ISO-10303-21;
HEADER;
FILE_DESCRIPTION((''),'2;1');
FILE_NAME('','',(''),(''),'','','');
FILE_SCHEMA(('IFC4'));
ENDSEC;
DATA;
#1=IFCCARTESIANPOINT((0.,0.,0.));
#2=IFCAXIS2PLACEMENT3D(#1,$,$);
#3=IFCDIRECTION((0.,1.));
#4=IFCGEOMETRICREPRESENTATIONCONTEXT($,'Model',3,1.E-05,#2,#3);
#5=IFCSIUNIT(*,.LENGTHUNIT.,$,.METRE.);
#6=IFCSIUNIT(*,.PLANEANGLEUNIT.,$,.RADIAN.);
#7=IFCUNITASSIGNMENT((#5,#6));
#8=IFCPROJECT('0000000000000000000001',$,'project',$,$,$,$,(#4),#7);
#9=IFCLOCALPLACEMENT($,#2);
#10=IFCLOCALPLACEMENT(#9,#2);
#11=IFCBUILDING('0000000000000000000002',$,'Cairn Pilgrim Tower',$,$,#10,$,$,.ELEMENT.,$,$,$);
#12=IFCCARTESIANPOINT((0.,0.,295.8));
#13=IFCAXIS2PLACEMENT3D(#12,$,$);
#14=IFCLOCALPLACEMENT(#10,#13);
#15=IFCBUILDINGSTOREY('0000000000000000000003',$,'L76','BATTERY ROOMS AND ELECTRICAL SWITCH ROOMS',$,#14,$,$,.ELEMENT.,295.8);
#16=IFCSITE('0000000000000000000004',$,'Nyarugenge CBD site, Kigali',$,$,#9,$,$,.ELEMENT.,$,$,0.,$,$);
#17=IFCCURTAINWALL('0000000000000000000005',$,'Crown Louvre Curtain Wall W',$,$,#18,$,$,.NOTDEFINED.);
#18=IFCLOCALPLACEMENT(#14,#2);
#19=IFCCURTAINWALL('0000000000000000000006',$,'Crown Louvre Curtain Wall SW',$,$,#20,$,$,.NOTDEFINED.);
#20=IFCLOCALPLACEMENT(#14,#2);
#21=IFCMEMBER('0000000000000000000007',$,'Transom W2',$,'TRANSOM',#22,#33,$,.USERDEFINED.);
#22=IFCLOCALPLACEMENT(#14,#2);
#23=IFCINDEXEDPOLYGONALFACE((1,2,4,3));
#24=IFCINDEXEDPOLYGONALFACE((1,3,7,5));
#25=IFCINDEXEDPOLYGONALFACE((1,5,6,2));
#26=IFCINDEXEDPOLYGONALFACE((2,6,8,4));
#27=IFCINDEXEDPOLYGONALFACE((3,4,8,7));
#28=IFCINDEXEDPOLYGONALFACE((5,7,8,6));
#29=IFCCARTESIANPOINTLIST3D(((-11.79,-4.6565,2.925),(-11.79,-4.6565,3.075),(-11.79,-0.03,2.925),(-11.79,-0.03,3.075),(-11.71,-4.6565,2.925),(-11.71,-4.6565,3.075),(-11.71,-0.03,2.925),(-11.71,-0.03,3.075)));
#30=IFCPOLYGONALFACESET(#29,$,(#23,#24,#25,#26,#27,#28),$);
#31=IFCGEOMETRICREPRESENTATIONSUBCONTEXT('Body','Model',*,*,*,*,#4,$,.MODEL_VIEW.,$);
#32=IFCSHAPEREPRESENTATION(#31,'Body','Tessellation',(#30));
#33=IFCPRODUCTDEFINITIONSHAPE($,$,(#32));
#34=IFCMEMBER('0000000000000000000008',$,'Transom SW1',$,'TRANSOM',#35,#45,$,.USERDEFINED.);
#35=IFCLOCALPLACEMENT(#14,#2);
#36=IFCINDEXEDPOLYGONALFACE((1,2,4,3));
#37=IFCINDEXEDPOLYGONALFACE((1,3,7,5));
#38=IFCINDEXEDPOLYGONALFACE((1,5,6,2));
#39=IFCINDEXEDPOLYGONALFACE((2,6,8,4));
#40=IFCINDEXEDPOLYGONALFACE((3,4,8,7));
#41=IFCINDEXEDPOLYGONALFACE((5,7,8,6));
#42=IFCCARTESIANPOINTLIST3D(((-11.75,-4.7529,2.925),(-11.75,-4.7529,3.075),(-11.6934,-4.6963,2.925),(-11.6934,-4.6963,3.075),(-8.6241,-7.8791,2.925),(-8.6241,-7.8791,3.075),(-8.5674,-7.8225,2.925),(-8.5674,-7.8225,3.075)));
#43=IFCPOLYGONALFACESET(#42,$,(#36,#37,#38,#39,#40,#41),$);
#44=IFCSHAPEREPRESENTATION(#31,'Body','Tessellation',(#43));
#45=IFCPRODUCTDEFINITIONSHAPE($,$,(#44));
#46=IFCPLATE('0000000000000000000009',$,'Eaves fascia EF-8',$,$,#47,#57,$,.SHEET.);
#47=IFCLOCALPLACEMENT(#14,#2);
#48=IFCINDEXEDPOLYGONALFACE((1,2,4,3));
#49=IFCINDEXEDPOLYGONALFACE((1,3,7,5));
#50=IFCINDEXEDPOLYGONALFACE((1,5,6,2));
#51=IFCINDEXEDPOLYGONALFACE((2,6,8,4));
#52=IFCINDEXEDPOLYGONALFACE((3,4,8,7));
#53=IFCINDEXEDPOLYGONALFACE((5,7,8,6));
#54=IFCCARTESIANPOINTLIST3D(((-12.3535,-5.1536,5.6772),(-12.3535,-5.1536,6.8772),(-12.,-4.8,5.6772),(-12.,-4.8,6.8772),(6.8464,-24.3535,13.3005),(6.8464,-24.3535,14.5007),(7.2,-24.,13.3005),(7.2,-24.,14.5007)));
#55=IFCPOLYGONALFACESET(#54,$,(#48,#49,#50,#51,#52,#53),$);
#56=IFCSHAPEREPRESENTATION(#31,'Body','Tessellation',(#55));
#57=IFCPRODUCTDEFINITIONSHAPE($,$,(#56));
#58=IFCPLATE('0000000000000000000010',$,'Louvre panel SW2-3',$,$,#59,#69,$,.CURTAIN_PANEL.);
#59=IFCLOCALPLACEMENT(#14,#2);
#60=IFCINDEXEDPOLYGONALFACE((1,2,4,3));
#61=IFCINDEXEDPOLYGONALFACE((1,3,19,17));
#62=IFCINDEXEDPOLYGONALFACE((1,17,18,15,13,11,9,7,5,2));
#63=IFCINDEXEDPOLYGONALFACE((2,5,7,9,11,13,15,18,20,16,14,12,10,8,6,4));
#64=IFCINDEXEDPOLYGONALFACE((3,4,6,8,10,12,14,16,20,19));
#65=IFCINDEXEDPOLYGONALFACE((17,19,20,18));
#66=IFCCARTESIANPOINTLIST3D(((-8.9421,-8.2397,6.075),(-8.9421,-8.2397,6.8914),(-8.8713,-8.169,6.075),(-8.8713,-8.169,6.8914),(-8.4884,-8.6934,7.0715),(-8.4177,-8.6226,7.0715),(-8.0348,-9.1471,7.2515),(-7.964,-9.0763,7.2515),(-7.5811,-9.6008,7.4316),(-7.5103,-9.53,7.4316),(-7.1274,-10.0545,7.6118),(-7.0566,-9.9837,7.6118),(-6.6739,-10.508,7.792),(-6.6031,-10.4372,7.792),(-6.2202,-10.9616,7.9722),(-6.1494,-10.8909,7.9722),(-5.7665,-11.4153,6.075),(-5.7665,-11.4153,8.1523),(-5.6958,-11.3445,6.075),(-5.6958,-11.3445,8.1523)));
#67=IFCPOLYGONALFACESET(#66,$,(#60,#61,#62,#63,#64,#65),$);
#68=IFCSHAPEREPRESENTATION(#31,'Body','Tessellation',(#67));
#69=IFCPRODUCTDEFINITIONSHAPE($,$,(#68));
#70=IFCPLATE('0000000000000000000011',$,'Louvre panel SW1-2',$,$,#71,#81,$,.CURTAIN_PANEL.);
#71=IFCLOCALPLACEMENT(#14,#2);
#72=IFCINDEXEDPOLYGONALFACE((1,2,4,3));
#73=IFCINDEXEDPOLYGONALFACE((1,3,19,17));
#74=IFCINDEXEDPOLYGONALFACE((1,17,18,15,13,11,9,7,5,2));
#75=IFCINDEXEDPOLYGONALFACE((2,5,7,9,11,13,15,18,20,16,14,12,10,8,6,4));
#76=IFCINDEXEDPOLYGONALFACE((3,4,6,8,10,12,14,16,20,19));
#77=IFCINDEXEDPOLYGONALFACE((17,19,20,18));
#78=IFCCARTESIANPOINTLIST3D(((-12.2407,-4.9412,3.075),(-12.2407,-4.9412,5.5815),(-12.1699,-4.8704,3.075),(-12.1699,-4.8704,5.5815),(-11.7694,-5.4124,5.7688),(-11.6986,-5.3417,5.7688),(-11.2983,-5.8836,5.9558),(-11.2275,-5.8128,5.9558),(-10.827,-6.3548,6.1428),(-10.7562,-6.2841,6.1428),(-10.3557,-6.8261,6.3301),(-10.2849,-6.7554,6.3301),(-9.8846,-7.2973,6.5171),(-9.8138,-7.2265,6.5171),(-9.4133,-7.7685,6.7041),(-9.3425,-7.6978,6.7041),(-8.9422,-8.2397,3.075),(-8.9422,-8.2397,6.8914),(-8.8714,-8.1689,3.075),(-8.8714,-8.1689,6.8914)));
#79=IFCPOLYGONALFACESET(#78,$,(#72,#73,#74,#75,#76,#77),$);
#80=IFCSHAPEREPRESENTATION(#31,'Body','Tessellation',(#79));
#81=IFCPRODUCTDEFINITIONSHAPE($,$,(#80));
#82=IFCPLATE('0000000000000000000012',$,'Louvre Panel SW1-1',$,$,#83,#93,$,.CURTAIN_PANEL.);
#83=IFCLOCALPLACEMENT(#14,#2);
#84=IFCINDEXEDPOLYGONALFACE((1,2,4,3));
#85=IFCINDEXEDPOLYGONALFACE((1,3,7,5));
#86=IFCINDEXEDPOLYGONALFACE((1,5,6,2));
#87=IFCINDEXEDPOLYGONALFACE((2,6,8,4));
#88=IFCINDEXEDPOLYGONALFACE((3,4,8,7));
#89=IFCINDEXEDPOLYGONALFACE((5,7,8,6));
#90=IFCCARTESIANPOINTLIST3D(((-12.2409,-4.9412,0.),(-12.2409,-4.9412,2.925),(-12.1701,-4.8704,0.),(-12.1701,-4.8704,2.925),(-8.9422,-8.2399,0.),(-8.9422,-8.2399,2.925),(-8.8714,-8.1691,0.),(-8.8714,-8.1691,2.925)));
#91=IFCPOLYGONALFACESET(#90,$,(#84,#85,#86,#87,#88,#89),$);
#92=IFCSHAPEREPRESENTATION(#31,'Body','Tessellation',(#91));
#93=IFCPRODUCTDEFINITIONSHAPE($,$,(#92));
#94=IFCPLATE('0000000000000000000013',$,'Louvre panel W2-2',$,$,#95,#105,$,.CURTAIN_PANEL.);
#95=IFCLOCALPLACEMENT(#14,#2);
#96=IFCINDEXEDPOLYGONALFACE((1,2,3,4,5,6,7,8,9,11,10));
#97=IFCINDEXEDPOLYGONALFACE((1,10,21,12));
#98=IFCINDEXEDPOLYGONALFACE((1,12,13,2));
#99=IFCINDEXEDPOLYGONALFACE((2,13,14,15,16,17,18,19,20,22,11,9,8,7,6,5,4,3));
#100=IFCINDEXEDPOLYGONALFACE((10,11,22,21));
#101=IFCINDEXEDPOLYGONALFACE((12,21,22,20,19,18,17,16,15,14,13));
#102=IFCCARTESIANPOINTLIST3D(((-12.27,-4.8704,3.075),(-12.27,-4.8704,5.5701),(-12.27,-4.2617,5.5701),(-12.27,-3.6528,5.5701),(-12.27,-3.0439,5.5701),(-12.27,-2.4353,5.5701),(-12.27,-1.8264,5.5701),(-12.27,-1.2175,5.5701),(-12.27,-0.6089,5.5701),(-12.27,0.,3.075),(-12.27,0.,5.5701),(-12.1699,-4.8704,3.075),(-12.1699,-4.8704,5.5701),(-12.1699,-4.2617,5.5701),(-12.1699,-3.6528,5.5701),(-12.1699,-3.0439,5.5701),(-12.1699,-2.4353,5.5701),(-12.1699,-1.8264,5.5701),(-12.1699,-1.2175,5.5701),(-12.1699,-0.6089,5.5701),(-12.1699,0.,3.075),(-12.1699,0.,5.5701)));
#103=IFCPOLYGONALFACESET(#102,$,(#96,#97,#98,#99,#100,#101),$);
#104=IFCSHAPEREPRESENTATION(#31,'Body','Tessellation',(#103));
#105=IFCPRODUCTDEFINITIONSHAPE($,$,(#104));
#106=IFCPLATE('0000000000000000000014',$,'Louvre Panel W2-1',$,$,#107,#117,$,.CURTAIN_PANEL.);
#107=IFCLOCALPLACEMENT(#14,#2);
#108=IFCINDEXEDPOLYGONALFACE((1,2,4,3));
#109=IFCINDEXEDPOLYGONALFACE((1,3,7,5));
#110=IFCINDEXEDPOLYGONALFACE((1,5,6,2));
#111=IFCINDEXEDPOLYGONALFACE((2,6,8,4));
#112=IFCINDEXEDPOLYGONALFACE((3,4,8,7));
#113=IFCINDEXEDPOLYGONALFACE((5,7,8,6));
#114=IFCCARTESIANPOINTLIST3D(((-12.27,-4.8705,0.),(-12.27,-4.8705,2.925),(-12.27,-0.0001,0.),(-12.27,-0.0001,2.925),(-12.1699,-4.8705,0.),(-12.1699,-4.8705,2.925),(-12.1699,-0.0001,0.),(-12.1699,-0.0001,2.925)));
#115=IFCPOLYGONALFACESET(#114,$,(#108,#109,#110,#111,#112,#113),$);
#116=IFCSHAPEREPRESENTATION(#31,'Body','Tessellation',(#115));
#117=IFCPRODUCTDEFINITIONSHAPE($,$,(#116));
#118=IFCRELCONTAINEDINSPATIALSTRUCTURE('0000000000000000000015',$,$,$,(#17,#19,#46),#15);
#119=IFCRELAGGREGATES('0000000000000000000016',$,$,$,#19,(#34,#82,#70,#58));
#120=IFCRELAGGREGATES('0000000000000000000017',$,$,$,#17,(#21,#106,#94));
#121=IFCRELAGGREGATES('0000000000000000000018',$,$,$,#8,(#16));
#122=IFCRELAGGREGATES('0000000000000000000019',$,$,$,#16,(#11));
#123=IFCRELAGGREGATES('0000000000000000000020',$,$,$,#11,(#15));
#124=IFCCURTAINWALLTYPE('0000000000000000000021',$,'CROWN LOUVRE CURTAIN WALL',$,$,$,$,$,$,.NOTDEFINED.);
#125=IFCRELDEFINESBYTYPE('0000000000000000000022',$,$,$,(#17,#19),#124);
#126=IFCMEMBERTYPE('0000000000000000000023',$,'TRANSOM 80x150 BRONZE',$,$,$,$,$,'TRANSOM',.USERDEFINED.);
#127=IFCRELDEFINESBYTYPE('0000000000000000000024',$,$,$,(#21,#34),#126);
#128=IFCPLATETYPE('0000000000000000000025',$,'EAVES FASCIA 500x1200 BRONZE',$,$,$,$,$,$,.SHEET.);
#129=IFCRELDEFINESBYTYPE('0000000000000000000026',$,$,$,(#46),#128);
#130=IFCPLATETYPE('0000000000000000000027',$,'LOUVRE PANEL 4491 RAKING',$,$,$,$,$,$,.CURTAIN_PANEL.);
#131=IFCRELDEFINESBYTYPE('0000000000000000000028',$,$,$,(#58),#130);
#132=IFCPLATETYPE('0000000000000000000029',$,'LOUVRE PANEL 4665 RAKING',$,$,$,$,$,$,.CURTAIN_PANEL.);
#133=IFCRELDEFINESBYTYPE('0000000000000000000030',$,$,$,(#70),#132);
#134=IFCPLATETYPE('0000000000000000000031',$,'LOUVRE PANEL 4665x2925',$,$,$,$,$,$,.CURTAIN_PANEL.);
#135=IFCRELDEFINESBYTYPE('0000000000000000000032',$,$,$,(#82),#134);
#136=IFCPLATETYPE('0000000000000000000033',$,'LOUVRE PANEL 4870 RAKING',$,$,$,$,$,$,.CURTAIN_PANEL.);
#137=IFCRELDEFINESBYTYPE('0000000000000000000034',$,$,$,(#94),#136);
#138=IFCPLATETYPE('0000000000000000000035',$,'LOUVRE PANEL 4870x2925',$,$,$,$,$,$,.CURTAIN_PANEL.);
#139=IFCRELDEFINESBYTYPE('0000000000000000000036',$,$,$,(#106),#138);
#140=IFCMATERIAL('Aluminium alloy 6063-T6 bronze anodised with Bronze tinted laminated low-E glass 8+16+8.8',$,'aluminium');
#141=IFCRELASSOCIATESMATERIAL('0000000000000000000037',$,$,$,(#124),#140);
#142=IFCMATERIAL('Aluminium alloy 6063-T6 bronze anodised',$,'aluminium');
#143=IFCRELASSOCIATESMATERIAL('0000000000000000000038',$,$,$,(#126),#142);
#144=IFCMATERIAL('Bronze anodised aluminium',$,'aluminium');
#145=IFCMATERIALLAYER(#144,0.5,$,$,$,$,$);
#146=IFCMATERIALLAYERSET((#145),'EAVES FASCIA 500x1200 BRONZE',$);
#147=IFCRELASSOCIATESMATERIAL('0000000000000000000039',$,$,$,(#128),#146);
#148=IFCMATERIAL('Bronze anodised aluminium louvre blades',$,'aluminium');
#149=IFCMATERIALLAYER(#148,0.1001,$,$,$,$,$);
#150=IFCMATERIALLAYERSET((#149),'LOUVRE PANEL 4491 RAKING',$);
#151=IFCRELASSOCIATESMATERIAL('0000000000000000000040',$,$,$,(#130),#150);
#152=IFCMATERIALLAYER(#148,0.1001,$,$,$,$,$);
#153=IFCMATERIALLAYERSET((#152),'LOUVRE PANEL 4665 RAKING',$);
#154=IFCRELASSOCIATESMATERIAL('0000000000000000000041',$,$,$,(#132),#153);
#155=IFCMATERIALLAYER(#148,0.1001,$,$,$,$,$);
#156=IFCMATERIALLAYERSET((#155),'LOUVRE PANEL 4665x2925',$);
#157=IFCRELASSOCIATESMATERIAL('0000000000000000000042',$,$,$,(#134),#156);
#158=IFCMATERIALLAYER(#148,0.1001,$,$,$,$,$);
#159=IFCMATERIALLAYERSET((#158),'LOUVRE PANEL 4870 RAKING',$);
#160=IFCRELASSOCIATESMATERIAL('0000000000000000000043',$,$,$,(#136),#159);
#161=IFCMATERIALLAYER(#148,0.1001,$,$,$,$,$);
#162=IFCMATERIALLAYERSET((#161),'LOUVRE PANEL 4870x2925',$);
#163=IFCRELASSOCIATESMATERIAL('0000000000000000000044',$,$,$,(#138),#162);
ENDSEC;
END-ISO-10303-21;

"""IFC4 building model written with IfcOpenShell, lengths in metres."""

from ifc_helpers import new_model, si_unit, direction, frame, origin, origin_2d, place, context, subcontext, project, spatial, polyline, rectangle, outline, extrude, material, layer, layer_set, material_profile, profile_set, type_object, element, aggregate, save


model = new_model("IFC4")

# Units and contexts
model_context = context("Model", 3, precision=1e-05, world=origin(), true_north=direction((0.0, 1.0)))
body_context = subcontext(model_context, "Body", "Model", "MODEL_VIEW")
ifc_project = project(units=[si_unit("LENGTHUNIT", "METRE"), si_unit("PLANEANGLEUNIT", "RADIAN")], contexts=[model_context])

# Site, building, storey
site_placement = place(None, origin())
site = spatial("IfcSite", under=ifc_project, at=site_placement, Name="Nyarugenge CBD site, Kigali", CompositionType="ELEMENT", RefElevation=0.0)
building_placement = place(site_placement, origin())
building = spatial("IfcBuilding", under=site, at=building_placement, Name="Cairn Pilgrim Tower", CompositionType="ELEMENT")
storey_placement = place(building_placement, frame((0.0, 0.0, 295.8)))
storey = spatial("IfcBuildingStorey", under=building, at=storey_placement, Name="L76", Description="BATTERY ROOMS AND ELECTRICAL SWITCH ROOMS", CompositionType="ELEMENT", Elevation=295.8)

# Curtain wall
ifc_material_1 = material(Name="Aluminium alloy 6063-T6 bronze anodised with Bronze tinted laminated low-E glass 8+16+8.8", Category="aluminium")
curtain_wall_type = type_object("IfcCurtainWallType", Name="CROWN LOUVRE CURTAIN WALL", PredefinedType="NOTDEFINED", material=ifc_material_1)
curtain_wall_1_placement = place(storey_placement, origin())
curtain_wall_1 = element("IfcCurtainWall", 1, at=curtain_wall_1_placement, inside=storey, type_object=curtain_wall_type, Name="Crown Louvre Curtain Wall W", PredefinedType="NOTDEFINED")
ifc_material_2 = material(Name="Aluminium alloy 6063-T6 bronze anodised", Category="aluminium")

# Curtain wall
curtain_wall_2_placement = place(storey_placement, origin())
curtain_wall_2 = element("IfcCurtainWall", 2, at=curtain_wall_2_placement, inside=storey, type_object=curtain_wall_type, Name="Crown Louvre Curtain Wall SW", PredefinedType="NOTDEFINED")

# Members
ifc_material_profile_1 = material_profile(ifc_material_2, rectangle(XDim=0.0801, YDim=0.1499, at=origin_2d()), Name="TRANSOM 80x150 BRONZE")
ifc_profile_set_1 = profile_set([ifc_material_profile_1], Name="Aluminium alloy 6063-T6 bronze anodised")
member_type_1 = type_object("IfcMemberType", Name="TRANSOM 80x150 BRONZE", ElementType="TRANSOM", PredefinedType="USERDEFINED", material=ifc_profile_set_1)
member_1_placement = place(storey_placement, frame((-11.75, -0.03, 3.0), z_axis=(0.0, -1.0, 0.0), x_axis=(1.0, 0.0, 0.0)))
member_1 = element("IfcMember", 3, at=member_1_placement, type_object=member_type_1, Name="Transom W2", ObjectType="TRANSOM", PredefinedType="USERDEFINED", context=body_context, shape_type="SweptSolid", body=[
    extrude(rectangle(XDim=0.0801, YDim=0.1499, at=origin_2d()), origin(), (0.0, 0.0, 1.0), 4.6265),
])
member_2_placement = place(storey_placement, frame((-11.7217, -4.7246, 3.0), z_axis=(0.707079, -0.707134, 0.0), x_axis=(0.707134, 0.707079, 0.0)))
member_2 = element("IfcMember", 4, at=member_2_placement, type_object=member_type_1, Name="Transom SW1", ObjectType="TRANSOM", PredefinedType="USERDEFINED", context=body_context, shape_type="SweptSolid", body=[
    extrude(rectangle(XDim=0.0801, YDim=0.1499, at=origin_2d()), origin(), (0.0, 0.0, 1.0), 4.4209),
])

# Plates
ifc_material_3 = material(Name="Bronze anodised aluminium", Category="aluminium")
ifc_layer_1 = layer(ifc_material_3, 0.5)
ifc_layer_set_1 = layer_set([ifc_layer_1], Name="EAVES FASCIA 500x1200 BRONZE")
plate_type_1 = type_object("IfcPlateType", Name="EAVES FASCIA 500x1200 BRONZE", PredefinedType="SHEET", material=ifc_layer_set_1)
plate_1_placement = place(storey_placement, frame((-12.1768, -4.9768, 5.6772), z_axis=(0.0, 0.0, 1.0), x_axis=(0.707107, -0.707107, 0.0)))
element("IfcPlate", 5, at=plate_1_placement, inside=storey, type_object=plate_type_1, Name="Eaves fascia EF-8", PredefinedType="SHEET", context=body_context, shape_type="SweptSolid", body=[
    extrude(outline(polyline([(0.0, 0.0), (27.1528, 7.6233), (27.1528, 8.8235), (0.0, 1.2), (0.0, 0.0)])), frame((0.0, 0.25, 0.0), z_axis=(0.0, -1.0, 0.0), x_axis=(1.0, 0.0, 0.0)), (0.0, 0.0, 1.0), 0.5),
])
ifc_material_4 = material(Name="Bronze anodised aluminium louvre blades", Category="aluminium")
ifc_layer_2 = layer(ifc_material_4, 0.1001)
ifc_layer_set_2 = layer_set([ifc_layer_2], Name="LOUVRE PANEL 4491 RAKING")
plate_type_2 = type_object("IfcPlateType", Name="LOUVRE PANEL 4491 RAKING", PredefinedType="CURTAIN_PANEL", material=ifc_layer_set_2)
plate_2_placement = place(storey_placement, frame((-8.9067, -8.2043, 6.075), z_axis=(0.0, 0.0, 1.0), x_axis=(0.707107, -0.707107, 0.0)))
plate_2 = element("IfcPlate", 6, at=plate_2_placement, type_object=plate_type_2, Name="Louvre panel SW2-3", PredefinedType="CURTAIN_PANEL", context=body_context, shape_type="SweptSolid", body=[
    extrude(outline(polyline([(0.0, 0.0), (4.491, 0.0), (4.491, 2.0774), (3.8494, 1.8972), (3.2078, 1.717), (2.5664, 1.5369), (1.9248, 1.3567), (1.2832, 1.1765), (0.6416, 0.9966), (0.0, 0.8164), (0.0, 0.0)])), frame((0.0, 0.05, 0.0), z_axis=(0.0, -1.0, 0.0), x_axis=(1.0, 0.0, 0.0)), (0.0, 0.0, 1.0), 0.1001),
])
ifc_layer_3 = layer(ifc_material_4, 0.1001)
ifc_layer_set_3 = layer_set([ifc_layer_3], Name="LOUVRE PANEL 4665 RAKING")
plate_type_3 = type_object("IfcPlateType", Name="LOUVRE PANEL 4665 RAKING", PredefinedType="CURTAIN_PANEL", material=ifc_layer_set_3)
plate_3_placement = place(storey_placement, frame((-12.2053, -4.9058, 3.075), z_axis=(0.0, 0.0, 1.0), x_axis=(0.707107, -0.707107, 0.0)))
plate_3 = element("IfcPlate", 7, at=plate_3_placement, type_object=plate_type_3, Name="Louvre panel SW1-2", PredefinedType="CURTAIN_PANEL", context=body_context, shape_type="SweptSolid", body=[
    extrude(outline(polyline([(0.0, 0.0), (4.6648, 0.0), (4.6648, 3.8164), (3.9985, 3.6292), (3.332, 3.4421), (2.6658, 3.2551), (1.9993, 3.0679), (1.3328, 2.8809), (0.6665, 2.6938), (0.0, 2.5066), (0.0, 0.0)])), frame((0.0, 0.05, 0.0), z_axis=(0.0, -1.0, 0.0), x_axis=(1.0, 0.0, 0.0)), (0.0, 0.0, 1.0), 0.1001),
])
ifc_layer_4 = layer(ifc_material_4, 0.1001)
ifc_layer_set_4 = layer_set([ifc_layer_4], Name="LOUVRE PANEL 4665x2925")
plate_type_4 = type_object("IfcPlateType", Name="LOUVRE PANEL 4665x2925", PredefinedType="CURTAIN_PANEL", material=ifc_layer_set_4)
plate_4_placement = place(storey_placement, frame((-10.5562, -6.5552, 0.0), z_axis=(0.0, 0.0, 1.0), x_axis=(0.707107, -0.707107, 0.0)))
plate_4 = element("IfcPlate", 8, at=plate_4_placement, type_object=plate_type_4, Name="Louvre Panel SW1-1", PredefinedType="CURTAIN_PANEL", context=body_context, shape_type="SweptSolid", body=[
    extrude(rectangle(XDim=4.665, YDim=0.1001, at=origin_2d()), origin(), (0.0, 0.0, 1.0), 2.925),
])
aggregate(curtain_wall_2, [member_2, plate_4, plate_3, plate_2])
ifc_layer_5 = layer(ifc_material_4, 0.1001)
ifc_layer_set_5 = layer_set([ifc_layer_5], Name="LOUVRE PANEL 4870 RAKING")
plate_type_5 = type_object("IfcPlateType", Name="LOUVRE PANEL 4870 RAKING", PredefinedType="CURTAIN_PANEL", material=ifc_layer_set_5)
plate_5_placement = place(storey_placement, frame((-12.22, 0.0, 3.075), z_axis=(0.0, 0.0, 1.0), x_axis=(0.0, -1.0, 0.0)))
plate_5 = element("IfcPlate", 9, at=plate_5_placement, type_object=plate_type_5, Name="Louvre panel W2-2", PredefinedType="CURTAIN_PANEL", context=body_context, shape_type="SweptSolid", body=[
    extrude(outline(polyline([(0.0, 0.0), (4.8704, 0.0), (4.8704, 2.4951), (4.2617, 2.4951), (3.6528, 2.4951), (3.0439, 2.4951), (2.4353, 2.4951), (1.8264, 2.4951), (1.2175, 2.4951), (0.6089, 2.4951), (0.0, 2.4951), (0.0, 0.0)])), frame((0.0, 0.05, 0.0), z_axis=(0.0, -1.0, 0.0), x_axis=(1.0, 0.0, 0.0)), (0.0, 0.0, 1.0), 0.1001),
])
ifc_layer_6 = layer(ifc_material_4, 0.1001)
ifc_layer_set_6 = layer_set([ifc_layer_6], Name="LOUVRE PANEL 4870x2925")
plate_type_6 = type_object("IfcPlateType", Name="LOUVRE PANEL 4870x2925", PredefinedType="CURTAIN_PANEL", material=ifc_layer_set_6)
plate_6_placement = place(storey_placement, frame((-12.22, -2.4353, 0.0), z_axis=(0.0, 0.0, 1.0), x_axis=(0.0, -1.0, 0.0)))
plate_6 = element("IfcPlate", 10, at=plate_6_placement, type_object=plate_type_6, Name="Louvre Panel W2-1", PredefinedType="CURTAIN_PANEL", context=body_context, shape_type="SweptSolid", body=[
    extrude(rectangle(XDim=4.8704, YDim=0.1001, at=origin_2d()), origin(), (0.0, 0.0, 1.0), 2.925),
])
aggregate(curtain_wall_1, [member_1, plate_6, plate_5])

save(model, "model.ifc")
